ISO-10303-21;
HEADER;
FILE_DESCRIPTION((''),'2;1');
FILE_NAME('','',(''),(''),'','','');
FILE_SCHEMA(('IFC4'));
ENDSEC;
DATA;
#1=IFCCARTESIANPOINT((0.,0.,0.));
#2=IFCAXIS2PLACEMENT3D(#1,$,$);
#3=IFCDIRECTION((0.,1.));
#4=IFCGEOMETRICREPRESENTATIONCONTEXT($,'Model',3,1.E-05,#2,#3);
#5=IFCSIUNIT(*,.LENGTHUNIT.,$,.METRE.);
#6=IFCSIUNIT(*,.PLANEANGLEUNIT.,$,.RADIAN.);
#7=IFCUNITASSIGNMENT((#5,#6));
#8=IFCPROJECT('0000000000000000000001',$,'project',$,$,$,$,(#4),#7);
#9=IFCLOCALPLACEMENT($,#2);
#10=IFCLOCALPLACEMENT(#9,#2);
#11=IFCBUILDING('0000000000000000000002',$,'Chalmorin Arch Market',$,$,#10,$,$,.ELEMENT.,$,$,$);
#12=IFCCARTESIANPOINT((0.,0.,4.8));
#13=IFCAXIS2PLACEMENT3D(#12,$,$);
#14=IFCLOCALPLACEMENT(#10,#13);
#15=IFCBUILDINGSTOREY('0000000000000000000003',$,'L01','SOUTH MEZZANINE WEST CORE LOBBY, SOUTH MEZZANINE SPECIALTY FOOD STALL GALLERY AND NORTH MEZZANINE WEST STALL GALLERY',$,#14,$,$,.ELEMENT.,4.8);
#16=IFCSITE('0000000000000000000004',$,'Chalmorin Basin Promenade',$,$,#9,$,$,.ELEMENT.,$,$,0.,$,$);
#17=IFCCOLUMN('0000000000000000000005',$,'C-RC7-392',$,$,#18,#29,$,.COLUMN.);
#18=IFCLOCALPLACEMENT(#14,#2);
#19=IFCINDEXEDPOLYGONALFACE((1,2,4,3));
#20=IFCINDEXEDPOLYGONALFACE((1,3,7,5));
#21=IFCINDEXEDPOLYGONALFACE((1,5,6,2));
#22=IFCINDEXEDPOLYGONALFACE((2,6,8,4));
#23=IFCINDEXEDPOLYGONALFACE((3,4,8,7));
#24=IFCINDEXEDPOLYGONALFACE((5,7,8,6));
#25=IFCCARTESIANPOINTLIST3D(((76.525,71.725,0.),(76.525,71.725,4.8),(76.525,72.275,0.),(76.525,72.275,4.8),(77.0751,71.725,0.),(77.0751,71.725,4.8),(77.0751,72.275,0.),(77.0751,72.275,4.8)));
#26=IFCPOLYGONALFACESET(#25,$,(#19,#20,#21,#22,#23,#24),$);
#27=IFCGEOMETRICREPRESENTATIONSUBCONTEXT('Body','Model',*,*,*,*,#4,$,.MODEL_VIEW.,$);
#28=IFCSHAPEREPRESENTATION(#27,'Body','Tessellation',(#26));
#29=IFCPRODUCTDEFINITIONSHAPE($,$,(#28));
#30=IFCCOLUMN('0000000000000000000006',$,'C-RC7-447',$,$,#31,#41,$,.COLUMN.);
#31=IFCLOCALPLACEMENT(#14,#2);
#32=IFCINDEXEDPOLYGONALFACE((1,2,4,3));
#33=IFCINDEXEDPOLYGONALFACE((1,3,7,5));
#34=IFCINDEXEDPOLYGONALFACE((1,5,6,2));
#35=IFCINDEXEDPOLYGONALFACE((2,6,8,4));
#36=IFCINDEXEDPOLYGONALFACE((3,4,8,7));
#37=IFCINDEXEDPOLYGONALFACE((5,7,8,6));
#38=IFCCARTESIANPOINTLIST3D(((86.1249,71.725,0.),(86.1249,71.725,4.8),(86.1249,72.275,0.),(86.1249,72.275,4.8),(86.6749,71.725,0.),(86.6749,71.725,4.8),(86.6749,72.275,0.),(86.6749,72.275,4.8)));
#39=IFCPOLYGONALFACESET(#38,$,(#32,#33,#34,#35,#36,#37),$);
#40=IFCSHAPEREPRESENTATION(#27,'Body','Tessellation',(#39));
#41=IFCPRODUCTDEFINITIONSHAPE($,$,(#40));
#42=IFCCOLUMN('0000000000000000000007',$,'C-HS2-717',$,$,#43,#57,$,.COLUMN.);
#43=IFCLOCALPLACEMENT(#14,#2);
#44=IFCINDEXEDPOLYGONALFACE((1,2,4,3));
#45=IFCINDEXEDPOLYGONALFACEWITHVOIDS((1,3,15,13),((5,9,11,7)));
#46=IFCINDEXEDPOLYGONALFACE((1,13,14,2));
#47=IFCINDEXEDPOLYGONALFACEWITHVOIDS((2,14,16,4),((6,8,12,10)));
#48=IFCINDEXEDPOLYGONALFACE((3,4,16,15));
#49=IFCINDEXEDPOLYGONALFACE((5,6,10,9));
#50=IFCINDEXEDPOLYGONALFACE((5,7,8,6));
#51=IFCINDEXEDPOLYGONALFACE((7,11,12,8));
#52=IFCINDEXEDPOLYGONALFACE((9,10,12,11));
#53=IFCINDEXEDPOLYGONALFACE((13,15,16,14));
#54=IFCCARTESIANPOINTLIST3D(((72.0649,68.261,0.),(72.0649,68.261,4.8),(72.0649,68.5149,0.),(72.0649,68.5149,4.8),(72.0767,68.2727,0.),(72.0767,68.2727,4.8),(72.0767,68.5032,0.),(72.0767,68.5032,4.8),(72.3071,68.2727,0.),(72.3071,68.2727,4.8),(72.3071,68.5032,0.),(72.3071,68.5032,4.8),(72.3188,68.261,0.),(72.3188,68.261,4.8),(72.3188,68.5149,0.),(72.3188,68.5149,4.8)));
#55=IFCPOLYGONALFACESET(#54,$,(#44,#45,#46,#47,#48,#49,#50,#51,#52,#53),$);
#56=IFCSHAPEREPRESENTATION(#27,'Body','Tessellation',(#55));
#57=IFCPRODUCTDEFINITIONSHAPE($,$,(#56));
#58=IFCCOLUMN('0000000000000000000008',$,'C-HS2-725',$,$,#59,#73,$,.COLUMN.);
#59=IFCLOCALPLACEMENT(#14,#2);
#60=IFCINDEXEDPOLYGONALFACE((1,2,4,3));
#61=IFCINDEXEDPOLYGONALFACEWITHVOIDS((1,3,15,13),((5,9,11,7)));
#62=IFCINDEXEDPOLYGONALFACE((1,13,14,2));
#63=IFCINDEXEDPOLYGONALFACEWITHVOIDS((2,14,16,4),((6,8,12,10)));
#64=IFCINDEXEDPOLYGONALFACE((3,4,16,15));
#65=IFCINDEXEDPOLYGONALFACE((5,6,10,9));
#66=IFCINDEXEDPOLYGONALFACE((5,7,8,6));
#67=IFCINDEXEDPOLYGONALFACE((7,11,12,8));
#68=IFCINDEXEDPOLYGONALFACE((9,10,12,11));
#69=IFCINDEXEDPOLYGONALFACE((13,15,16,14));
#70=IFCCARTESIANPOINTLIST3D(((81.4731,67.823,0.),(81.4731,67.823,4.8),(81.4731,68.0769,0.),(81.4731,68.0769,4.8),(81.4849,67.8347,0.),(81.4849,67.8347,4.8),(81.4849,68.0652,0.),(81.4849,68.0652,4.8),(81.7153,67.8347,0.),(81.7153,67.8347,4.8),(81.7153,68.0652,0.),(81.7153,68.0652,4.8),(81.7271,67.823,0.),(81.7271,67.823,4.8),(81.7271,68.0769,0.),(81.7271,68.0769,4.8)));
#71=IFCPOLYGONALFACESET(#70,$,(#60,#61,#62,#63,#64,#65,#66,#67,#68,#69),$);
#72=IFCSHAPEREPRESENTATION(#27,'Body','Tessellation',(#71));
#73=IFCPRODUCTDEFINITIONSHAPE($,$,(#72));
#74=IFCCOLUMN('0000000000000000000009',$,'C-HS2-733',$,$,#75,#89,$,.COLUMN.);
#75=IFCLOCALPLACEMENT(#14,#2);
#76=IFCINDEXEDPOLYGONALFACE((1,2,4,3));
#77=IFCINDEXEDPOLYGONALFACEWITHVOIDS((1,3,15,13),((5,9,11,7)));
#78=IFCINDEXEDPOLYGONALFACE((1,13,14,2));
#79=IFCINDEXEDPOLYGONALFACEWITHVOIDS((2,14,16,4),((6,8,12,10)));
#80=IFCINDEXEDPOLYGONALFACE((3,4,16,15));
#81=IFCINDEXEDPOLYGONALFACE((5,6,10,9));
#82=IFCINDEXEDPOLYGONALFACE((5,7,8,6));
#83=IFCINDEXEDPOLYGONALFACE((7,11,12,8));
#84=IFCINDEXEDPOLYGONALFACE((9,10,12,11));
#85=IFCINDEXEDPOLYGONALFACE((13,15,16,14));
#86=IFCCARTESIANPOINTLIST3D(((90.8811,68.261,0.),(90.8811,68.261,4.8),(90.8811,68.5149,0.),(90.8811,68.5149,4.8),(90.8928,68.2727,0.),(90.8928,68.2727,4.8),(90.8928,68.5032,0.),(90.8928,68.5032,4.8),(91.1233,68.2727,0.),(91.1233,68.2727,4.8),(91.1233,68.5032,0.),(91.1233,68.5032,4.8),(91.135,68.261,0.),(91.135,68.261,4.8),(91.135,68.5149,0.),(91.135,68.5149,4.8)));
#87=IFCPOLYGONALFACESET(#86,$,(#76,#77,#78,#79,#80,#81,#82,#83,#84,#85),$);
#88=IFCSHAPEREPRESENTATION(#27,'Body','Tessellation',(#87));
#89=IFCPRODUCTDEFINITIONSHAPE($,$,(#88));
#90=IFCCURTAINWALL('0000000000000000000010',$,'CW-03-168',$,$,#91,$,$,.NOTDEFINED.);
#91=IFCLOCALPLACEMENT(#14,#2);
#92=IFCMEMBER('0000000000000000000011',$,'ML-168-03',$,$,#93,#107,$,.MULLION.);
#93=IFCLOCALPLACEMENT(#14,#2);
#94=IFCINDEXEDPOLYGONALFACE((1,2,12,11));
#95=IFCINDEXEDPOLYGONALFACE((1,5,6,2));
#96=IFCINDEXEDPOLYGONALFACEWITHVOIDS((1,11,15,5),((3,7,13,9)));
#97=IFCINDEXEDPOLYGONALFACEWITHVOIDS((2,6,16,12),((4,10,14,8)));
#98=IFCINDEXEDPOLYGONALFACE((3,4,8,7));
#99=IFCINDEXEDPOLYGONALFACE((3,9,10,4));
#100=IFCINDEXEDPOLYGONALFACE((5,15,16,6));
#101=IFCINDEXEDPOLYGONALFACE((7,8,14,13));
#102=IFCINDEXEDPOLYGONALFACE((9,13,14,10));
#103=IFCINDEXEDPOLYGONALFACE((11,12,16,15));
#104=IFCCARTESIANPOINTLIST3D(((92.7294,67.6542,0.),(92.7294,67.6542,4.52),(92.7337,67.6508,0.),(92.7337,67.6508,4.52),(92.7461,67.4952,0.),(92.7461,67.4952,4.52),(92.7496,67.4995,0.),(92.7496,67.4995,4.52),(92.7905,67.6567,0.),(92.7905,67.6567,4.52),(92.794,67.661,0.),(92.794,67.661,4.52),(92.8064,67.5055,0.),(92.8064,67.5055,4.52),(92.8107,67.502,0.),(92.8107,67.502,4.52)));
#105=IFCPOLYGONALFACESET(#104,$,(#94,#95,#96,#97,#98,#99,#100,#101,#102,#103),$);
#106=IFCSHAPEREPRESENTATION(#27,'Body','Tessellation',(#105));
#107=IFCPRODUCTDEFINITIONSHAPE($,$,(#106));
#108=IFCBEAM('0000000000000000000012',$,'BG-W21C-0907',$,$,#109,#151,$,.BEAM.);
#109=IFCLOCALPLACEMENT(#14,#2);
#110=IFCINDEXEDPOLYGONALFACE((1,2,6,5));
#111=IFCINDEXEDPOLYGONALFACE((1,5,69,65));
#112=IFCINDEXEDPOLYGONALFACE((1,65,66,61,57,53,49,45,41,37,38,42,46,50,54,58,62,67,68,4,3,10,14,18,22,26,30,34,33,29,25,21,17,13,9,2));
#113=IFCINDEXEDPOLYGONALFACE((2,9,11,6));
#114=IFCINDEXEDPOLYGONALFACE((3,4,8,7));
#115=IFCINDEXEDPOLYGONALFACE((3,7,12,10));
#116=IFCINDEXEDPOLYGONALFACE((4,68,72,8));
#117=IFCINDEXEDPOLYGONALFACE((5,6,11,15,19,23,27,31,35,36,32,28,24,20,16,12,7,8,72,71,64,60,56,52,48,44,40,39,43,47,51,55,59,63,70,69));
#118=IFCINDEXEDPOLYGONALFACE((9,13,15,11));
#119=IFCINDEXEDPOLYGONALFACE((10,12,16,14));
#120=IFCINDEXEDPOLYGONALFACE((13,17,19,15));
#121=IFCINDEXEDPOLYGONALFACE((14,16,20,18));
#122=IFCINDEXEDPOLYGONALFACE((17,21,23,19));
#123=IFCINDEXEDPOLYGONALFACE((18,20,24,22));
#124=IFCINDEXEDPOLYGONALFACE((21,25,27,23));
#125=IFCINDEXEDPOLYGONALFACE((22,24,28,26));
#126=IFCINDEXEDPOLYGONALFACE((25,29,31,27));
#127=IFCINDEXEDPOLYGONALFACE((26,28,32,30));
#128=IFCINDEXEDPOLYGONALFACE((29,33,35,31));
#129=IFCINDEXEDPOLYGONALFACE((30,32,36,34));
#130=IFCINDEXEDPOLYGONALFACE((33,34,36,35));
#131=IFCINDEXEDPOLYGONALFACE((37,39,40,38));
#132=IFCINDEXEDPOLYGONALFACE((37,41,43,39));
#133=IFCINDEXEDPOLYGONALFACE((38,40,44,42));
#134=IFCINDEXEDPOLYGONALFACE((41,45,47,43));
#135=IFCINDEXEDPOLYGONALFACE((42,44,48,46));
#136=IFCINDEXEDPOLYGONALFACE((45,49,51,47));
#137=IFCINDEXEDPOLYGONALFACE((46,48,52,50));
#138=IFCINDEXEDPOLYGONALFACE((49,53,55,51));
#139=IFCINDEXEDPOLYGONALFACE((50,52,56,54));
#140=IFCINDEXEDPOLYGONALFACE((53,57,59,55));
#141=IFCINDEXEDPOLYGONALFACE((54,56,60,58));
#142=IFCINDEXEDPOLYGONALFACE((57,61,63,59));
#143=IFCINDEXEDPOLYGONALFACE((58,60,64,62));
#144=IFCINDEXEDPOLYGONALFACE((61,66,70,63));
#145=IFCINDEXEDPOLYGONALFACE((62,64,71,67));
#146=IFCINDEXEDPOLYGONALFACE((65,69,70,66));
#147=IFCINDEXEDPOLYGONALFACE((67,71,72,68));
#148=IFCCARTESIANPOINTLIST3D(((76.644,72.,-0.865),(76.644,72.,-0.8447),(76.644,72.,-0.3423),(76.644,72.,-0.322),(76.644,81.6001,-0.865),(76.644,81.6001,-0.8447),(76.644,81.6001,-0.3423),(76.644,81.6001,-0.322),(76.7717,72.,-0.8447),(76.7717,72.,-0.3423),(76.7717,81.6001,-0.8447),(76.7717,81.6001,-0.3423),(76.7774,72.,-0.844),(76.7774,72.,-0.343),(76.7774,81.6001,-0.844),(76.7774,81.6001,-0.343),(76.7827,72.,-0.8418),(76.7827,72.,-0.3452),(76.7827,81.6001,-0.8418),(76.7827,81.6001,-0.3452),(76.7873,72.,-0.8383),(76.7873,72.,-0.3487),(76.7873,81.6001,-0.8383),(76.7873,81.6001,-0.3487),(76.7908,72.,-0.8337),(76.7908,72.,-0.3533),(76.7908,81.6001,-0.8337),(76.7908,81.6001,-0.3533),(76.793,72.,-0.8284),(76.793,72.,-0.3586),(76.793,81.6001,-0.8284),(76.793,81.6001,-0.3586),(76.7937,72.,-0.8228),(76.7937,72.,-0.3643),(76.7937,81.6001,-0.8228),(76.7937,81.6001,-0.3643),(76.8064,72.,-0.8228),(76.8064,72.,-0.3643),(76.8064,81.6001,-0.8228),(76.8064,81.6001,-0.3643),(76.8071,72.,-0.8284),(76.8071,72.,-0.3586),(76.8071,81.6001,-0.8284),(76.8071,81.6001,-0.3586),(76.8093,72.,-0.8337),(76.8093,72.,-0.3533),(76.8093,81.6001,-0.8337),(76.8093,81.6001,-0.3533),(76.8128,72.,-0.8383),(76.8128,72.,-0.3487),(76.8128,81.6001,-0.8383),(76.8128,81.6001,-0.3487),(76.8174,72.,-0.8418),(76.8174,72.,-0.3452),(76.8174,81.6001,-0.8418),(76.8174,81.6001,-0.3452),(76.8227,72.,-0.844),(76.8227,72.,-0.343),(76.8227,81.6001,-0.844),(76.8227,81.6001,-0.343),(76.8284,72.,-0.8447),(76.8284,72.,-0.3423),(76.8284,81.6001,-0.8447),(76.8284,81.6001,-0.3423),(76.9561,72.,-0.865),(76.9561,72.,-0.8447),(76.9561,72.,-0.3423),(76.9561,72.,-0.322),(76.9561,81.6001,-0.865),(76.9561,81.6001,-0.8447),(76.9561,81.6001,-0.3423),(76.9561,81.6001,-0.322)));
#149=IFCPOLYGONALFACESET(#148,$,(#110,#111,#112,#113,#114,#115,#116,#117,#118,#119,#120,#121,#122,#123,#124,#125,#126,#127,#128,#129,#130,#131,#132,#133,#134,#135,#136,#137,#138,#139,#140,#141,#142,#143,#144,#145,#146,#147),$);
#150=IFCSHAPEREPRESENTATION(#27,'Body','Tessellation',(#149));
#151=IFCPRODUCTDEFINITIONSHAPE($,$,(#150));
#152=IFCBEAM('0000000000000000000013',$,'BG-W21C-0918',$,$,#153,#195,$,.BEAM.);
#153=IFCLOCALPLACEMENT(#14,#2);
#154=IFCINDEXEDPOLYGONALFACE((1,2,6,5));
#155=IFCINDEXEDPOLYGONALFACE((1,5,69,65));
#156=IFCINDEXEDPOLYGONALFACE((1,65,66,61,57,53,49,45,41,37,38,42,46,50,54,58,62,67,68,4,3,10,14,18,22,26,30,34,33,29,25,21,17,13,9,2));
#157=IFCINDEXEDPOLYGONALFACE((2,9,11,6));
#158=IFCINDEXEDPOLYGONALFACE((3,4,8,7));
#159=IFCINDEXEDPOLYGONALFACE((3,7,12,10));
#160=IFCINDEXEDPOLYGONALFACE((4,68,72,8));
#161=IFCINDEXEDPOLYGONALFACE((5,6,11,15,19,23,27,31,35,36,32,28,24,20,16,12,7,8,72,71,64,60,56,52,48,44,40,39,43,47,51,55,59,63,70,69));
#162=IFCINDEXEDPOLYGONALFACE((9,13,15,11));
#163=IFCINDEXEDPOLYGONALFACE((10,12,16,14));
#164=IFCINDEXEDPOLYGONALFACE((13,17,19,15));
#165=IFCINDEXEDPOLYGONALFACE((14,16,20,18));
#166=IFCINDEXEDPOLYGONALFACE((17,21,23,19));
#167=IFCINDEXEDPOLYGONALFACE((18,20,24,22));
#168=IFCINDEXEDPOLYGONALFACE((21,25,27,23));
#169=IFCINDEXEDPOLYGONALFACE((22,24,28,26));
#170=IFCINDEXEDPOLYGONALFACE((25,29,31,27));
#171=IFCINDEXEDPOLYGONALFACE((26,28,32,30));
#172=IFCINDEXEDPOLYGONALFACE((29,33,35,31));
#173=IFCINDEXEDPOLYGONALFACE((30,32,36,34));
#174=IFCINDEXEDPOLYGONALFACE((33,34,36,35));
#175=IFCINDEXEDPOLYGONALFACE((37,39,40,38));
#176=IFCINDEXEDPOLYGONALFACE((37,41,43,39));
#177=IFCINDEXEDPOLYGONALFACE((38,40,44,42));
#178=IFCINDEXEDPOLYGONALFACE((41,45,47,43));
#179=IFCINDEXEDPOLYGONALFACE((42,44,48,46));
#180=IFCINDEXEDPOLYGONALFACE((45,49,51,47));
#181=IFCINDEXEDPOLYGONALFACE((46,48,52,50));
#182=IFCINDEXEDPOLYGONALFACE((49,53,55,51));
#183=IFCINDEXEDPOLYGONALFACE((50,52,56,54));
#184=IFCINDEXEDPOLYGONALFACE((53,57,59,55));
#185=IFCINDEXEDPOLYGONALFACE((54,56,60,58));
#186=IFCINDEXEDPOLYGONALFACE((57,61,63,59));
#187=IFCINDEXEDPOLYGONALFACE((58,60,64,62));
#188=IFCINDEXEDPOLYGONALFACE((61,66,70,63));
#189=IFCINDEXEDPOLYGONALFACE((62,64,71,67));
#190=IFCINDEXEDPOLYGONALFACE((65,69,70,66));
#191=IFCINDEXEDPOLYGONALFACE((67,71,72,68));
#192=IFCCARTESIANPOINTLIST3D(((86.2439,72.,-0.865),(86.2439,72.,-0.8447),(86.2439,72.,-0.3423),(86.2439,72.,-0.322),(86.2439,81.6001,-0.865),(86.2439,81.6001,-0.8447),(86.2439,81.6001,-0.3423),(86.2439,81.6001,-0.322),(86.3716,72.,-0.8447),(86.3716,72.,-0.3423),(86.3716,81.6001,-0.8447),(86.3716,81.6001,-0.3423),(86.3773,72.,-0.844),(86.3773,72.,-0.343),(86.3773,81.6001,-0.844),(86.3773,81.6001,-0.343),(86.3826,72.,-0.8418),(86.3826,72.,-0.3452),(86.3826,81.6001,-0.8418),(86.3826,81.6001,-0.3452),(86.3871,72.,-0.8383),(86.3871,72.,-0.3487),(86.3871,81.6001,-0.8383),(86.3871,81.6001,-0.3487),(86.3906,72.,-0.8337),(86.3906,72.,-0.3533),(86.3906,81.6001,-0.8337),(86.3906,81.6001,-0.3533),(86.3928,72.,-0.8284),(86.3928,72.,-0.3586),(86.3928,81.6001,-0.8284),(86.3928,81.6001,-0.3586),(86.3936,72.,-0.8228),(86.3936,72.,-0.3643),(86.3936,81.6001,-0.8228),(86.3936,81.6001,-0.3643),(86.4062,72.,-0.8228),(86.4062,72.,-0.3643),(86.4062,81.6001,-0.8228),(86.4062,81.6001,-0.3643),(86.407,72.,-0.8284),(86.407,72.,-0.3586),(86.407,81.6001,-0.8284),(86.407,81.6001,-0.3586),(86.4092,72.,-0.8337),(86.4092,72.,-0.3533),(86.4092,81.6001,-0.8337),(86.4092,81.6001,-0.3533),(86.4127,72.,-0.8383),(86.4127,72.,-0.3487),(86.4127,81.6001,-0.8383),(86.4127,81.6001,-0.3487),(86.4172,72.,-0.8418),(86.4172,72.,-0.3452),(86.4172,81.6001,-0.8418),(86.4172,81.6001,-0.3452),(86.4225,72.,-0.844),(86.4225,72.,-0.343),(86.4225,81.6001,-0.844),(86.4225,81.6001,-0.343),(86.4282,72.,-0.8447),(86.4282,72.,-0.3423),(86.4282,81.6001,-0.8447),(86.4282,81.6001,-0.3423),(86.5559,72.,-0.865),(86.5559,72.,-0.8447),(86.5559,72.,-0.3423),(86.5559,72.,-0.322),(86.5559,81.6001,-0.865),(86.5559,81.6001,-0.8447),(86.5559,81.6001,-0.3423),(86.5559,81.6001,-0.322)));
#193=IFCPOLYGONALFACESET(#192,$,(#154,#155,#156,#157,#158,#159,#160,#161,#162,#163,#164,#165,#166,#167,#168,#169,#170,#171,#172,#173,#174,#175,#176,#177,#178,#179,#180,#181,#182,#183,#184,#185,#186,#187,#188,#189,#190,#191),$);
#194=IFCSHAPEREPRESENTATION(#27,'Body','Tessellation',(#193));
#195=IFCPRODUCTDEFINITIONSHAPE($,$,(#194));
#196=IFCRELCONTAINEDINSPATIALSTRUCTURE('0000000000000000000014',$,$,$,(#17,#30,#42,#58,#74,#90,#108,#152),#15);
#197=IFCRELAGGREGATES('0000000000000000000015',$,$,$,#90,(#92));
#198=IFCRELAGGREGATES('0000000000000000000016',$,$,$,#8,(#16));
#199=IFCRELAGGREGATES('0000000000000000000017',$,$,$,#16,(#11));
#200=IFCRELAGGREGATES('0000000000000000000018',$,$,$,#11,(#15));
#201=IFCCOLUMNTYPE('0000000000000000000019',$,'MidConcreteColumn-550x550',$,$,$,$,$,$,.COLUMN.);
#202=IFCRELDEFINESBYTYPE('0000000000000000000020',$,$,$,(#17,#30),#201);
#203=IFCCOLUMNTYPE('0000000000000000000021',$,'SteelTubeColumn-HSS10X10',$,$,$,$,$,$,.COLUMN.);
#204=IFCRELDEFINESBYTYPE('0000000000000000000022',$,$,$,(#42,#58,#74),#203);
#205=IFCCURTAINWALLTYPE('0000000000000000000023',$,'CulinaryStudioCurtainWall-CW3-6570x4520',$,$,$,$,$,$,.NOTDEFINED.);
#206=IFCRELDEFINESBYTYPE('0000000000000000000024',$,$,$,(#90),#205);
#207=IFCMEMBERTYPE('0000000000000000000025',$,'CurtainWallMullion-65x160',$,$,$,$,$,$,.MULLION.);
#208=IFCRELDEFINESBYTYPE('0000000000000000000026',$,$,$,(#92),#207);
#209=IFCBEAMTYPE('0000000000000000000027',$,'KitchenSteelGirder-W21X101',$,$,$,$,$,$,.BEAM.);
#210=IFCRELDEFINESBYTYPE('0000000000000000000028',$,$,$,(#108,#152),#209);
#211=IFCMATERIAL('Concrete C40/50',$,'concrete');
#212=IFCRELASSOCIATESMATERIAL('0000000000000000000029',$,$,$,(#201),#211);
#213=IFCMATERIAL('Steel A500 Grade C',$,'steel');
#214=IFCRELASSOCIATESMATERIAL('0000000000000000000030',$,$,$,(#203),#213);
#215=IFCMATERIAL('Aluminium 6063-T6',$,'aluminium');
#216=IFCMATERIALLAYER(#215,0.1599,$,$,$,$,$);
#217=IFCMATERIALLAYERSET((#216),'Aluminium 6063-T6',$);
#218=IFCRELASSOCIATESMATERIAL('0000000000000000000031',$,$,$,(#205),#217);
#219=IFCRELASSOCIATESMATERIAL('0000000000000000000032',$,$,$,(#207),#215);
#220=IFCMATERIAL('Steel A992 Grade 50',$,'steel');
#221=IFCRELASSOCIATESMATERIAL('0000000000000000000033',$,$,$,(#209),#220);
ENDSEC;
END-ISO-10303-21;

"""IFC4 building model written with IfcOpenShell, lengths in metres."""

from ifc_helpers import new_model, si_unit, direction, frame, origin, origin_2d, place, context, subcontext, project, spatial, rectangle, hollow_rectangle, i_section, extrude, material, layer, layer_set, material_profile, profile_set, type_object, element, aggregate, save


model = new_model("IFC4")

# Units and contexts
model_context = context("Model", 3, precision=1e-05, world=origin(), true_north=direction((0.0, 1.0)))
body_context = subcontext(model_context, "Body", "Model", "MODEL_VIEW")
ifc_project = project(units=[si_unit("LENGTHUNIT", "METRE"), si_unit("PLANEANGLEUNIT", "RADIAN")], contexts=[model_context])

# Site, building, storey
site_placement = place(None, origin())
site = spatial("IfcSite", under=ifc_project, at=site_placement, Name="Chalmorin Basin Promenade", CompositionType="ELEMENT", RefElevation=0.0)
building_placement = place(site_placement, origin())
building = spatial("IfcBuilding", under=site, at=building_placement, Name="Chalmorin Arch Market", CompositionType="ELEMENT")
storey_placement = place(building_placement, frame((0.0, 0.0, 4.8)))
storey = spatial("IfcBuildingStorey", under=building, at=storey_placement, Name="L01", Description="SOUTH MEZZANINE WEST CORE LOBBY, SOUTH MEZZANINE SPECIALTY FOOD STALL GALLERY AND NORTH MEZZANINE WEST STALL GALLERY", CompositionType="ELEMENT", Elevation=4.8)

# Columns
ifc_material_1 = material(Name="Concrete C40/50", Category="concrete")
ifc_material_profile_1 = material_profile(ifc_material_1, rectangle(XDim=0.55, YDim=0.55, at=origin_2d()), Name="RC550X550")
ifc_profile_set_1 = profile_set([ifc_material_profile_1], Name="Concrete C40/50")
column_type_1 = type_object("IfcColumnType", Name="MidConcreteColumn-550x550", PredefinedType="COLUMN", material=ifc_profile_set_1)
for number, where, z_axis, x_axis, name in (
    (1, (76.8, 72.0, 0.0), (0.0, 0.0, 1.0), (1.0, 0.0, 0.0), "C-RC7-392"),
    (2, (86.3999, 72.0, 0.0), (0.0, 0.0, 1.0), (1.0, 0.0, 0.0), "C-RC7-447"),
):
    element("IfcColumn", number, at=place(storey_placement, frame(where, z_axis=z_axis, x_axis=x_axis)), inside=storey, type_object=column_type_1, Name=name, PredefinedType="COLUMN", context=body_context, shape_type="SweptSolid", body=[
        extrude(rectangle(XDim=0.55, YDim=0.55, at=origin_2d()), origin(), (0.0, 0.0, 1.0), 4.8),
    ])
ifc_material_2 = material(Name="Steel A500 Grade C", Category="steel")
ifc_material_profile_2 = material_profile(ifc_material_2, hollow_rectangle(XDim=0.2539, YDim=0.2539, WallThickness=0.0117, at=origin_2d()), Name="HSS10X10X1/2")
ifc_profile_set_2 = profile_set([ifc_material_profile_2], Name="Steel A500 Grade C")
column_type_2 = type_object("IfcColumnType", Name="SteelTubeColumn-HSS10X10", PredefinedType="COLUMN", material=ifc_profile_set_2)
for number, where, z_axis, x_axis, name in (
    (3, (72.1919, 68.3879, 0.0), (0.0, 0.0, 1.0), (1.0, 0.0, 0.0), "C-HS2-717"),
    (4, (81.6001, 67.95, 0.0), (0.0, 0.0, 1.0), (1.0, 0.0, 0.0), "C-HS2-725"),
    (5, (91.0081, 68.3879, 0.0), (0.0, 0.0, 1.0), (1.0, 0.0, 0.0), "C-HS2-733"),
):
    element("IfcColumn", number, at=place(storey_placement, frame(where, z_axis=z_axis, x_axis=x_axis)), inside=storey, type_object=column_type_2, Name=name, PredefinedType="COLUMN", context=body_context, shape_type="SweptSolid", body=[
        extrude(hollow_rectangle(XDim=0.2539, YDim=0.2539, WallThickness=0.0117, at=origin_2d()), origin(), (0.0, 0.0, 1.0), 4.8),
    ])

# Curtain wall, member
ifc_material_3 = material(Name="Aluminium 6063-T6", Category="aluminium")
ifc_layer_1 = layer(ifc_material_3, 0.1599)
ifc_layer_set_1 = layer_set([ifc_layer_1], Name="Aluminium 6063-T6")
curtain_wall_type = type_object("IfcCurtainWallType", Name="CulinaryStudioCurtainWall-CW3-6570x4520", PredefinedType="NOTDEFINED", material=ifc_layer_set_1)
curtain_wall_placement = place(storey_placement, origin())
curtain_wall = element("IfcCurtainWall", 6, at=curtain_wall_placement, inside=storey, type_object=curtain_wall_type, Name="CW-03-168", PredefinedType="NOTDEFINED")
ifc_material_profile_3 = material_profile(ifc_material_3, hollow_rectangle(XDim=0.0649, YDim=0.1599, WallThickness=0.0039, at=origin_2d()), Name="ALU65X160X4")
ifc_profile_set_3 = profile_set([ifc_material_profile_3], Name="Aluminium 6063-T6")
member_type = type_object("IfcMemberType", Name="CurtainWallMullion-65x160", PredefinedType="MULLION", material=ifc_profile_set_3)
member_placement = place(storey_placement, frame((92.77, 67.5781, 0.0), z_axis=(0.0, 0.0, 1.0), x_axis=(0.994522, 0.104528, 0.0)))
member = element("IfcMember", 7, at=member_placement, type_object=member_type, Name="ML-168-03", PredefinedType="MULLION", context=body_context, shape_type="SweptSolid", body=[
    extrude(hollow_rectangle(XDim=0.0649, YDim=0.1599, WallThickness=0.0039, at=origin_2d()), origin(), (0.0, 0.0, 1.0), 4.52),
])

# Beams
ifc_material_4 = material(Name="Steel A992 Grade 50", Category="steel")
ifc_material_profile_4 = material_profile(ifc_material_4, i_section(OverallWidth=0.312, OverallDepth=0.543, WebThickness=0.0127, FlangeThickness=0.0203, FilletRadius=0.022, at=origin_2d()), Name="W21X101")
ifc_profile_set_4 = profile_set([ifc_material_profile_4], Name="Steel A992 Grade 50")
beam_type_1 = type_object("IfcBeamType", Name="KitchenSteelGirder-W21X101", PredefinedType="BEAM", material=ifc_profile_set_4)
for number, where, z_axis, x_axis, name in (
    (8, (76.8, 72.0, -0.5935), (0.0, 1.0, 0.0), (-1.0, 0.0, 0.0), "BG-W21C-0907"),
    (9, (86.3999, 72.0, -0.5935), (0.0, 1.0, 0.0), (-1.0, 0.0, 0.0), "BG-W21C-0918"),
):
    element("IfcBeam", number, at=place(storey_placement, frame(where, z_axis=z_axis, x_axis=x_axis)), inside=storey, type_object=beam_type_1, Name=name, PredefinedType="BEAM", context=body_context, shape_type="SweptSolid", body=[
        extrude(i_section(OverallWidth=0.312, OverallDepth=0.543, WebThickness=0.0127, FlangeThickness=0.0203, FilletRadius=0.022, at=origin_2d()), origin(), (0.0, 0.0, 1.0), 9.6001),
    ])

aggregate(curtain_wall, [member])

save(model, "model.ifc")
